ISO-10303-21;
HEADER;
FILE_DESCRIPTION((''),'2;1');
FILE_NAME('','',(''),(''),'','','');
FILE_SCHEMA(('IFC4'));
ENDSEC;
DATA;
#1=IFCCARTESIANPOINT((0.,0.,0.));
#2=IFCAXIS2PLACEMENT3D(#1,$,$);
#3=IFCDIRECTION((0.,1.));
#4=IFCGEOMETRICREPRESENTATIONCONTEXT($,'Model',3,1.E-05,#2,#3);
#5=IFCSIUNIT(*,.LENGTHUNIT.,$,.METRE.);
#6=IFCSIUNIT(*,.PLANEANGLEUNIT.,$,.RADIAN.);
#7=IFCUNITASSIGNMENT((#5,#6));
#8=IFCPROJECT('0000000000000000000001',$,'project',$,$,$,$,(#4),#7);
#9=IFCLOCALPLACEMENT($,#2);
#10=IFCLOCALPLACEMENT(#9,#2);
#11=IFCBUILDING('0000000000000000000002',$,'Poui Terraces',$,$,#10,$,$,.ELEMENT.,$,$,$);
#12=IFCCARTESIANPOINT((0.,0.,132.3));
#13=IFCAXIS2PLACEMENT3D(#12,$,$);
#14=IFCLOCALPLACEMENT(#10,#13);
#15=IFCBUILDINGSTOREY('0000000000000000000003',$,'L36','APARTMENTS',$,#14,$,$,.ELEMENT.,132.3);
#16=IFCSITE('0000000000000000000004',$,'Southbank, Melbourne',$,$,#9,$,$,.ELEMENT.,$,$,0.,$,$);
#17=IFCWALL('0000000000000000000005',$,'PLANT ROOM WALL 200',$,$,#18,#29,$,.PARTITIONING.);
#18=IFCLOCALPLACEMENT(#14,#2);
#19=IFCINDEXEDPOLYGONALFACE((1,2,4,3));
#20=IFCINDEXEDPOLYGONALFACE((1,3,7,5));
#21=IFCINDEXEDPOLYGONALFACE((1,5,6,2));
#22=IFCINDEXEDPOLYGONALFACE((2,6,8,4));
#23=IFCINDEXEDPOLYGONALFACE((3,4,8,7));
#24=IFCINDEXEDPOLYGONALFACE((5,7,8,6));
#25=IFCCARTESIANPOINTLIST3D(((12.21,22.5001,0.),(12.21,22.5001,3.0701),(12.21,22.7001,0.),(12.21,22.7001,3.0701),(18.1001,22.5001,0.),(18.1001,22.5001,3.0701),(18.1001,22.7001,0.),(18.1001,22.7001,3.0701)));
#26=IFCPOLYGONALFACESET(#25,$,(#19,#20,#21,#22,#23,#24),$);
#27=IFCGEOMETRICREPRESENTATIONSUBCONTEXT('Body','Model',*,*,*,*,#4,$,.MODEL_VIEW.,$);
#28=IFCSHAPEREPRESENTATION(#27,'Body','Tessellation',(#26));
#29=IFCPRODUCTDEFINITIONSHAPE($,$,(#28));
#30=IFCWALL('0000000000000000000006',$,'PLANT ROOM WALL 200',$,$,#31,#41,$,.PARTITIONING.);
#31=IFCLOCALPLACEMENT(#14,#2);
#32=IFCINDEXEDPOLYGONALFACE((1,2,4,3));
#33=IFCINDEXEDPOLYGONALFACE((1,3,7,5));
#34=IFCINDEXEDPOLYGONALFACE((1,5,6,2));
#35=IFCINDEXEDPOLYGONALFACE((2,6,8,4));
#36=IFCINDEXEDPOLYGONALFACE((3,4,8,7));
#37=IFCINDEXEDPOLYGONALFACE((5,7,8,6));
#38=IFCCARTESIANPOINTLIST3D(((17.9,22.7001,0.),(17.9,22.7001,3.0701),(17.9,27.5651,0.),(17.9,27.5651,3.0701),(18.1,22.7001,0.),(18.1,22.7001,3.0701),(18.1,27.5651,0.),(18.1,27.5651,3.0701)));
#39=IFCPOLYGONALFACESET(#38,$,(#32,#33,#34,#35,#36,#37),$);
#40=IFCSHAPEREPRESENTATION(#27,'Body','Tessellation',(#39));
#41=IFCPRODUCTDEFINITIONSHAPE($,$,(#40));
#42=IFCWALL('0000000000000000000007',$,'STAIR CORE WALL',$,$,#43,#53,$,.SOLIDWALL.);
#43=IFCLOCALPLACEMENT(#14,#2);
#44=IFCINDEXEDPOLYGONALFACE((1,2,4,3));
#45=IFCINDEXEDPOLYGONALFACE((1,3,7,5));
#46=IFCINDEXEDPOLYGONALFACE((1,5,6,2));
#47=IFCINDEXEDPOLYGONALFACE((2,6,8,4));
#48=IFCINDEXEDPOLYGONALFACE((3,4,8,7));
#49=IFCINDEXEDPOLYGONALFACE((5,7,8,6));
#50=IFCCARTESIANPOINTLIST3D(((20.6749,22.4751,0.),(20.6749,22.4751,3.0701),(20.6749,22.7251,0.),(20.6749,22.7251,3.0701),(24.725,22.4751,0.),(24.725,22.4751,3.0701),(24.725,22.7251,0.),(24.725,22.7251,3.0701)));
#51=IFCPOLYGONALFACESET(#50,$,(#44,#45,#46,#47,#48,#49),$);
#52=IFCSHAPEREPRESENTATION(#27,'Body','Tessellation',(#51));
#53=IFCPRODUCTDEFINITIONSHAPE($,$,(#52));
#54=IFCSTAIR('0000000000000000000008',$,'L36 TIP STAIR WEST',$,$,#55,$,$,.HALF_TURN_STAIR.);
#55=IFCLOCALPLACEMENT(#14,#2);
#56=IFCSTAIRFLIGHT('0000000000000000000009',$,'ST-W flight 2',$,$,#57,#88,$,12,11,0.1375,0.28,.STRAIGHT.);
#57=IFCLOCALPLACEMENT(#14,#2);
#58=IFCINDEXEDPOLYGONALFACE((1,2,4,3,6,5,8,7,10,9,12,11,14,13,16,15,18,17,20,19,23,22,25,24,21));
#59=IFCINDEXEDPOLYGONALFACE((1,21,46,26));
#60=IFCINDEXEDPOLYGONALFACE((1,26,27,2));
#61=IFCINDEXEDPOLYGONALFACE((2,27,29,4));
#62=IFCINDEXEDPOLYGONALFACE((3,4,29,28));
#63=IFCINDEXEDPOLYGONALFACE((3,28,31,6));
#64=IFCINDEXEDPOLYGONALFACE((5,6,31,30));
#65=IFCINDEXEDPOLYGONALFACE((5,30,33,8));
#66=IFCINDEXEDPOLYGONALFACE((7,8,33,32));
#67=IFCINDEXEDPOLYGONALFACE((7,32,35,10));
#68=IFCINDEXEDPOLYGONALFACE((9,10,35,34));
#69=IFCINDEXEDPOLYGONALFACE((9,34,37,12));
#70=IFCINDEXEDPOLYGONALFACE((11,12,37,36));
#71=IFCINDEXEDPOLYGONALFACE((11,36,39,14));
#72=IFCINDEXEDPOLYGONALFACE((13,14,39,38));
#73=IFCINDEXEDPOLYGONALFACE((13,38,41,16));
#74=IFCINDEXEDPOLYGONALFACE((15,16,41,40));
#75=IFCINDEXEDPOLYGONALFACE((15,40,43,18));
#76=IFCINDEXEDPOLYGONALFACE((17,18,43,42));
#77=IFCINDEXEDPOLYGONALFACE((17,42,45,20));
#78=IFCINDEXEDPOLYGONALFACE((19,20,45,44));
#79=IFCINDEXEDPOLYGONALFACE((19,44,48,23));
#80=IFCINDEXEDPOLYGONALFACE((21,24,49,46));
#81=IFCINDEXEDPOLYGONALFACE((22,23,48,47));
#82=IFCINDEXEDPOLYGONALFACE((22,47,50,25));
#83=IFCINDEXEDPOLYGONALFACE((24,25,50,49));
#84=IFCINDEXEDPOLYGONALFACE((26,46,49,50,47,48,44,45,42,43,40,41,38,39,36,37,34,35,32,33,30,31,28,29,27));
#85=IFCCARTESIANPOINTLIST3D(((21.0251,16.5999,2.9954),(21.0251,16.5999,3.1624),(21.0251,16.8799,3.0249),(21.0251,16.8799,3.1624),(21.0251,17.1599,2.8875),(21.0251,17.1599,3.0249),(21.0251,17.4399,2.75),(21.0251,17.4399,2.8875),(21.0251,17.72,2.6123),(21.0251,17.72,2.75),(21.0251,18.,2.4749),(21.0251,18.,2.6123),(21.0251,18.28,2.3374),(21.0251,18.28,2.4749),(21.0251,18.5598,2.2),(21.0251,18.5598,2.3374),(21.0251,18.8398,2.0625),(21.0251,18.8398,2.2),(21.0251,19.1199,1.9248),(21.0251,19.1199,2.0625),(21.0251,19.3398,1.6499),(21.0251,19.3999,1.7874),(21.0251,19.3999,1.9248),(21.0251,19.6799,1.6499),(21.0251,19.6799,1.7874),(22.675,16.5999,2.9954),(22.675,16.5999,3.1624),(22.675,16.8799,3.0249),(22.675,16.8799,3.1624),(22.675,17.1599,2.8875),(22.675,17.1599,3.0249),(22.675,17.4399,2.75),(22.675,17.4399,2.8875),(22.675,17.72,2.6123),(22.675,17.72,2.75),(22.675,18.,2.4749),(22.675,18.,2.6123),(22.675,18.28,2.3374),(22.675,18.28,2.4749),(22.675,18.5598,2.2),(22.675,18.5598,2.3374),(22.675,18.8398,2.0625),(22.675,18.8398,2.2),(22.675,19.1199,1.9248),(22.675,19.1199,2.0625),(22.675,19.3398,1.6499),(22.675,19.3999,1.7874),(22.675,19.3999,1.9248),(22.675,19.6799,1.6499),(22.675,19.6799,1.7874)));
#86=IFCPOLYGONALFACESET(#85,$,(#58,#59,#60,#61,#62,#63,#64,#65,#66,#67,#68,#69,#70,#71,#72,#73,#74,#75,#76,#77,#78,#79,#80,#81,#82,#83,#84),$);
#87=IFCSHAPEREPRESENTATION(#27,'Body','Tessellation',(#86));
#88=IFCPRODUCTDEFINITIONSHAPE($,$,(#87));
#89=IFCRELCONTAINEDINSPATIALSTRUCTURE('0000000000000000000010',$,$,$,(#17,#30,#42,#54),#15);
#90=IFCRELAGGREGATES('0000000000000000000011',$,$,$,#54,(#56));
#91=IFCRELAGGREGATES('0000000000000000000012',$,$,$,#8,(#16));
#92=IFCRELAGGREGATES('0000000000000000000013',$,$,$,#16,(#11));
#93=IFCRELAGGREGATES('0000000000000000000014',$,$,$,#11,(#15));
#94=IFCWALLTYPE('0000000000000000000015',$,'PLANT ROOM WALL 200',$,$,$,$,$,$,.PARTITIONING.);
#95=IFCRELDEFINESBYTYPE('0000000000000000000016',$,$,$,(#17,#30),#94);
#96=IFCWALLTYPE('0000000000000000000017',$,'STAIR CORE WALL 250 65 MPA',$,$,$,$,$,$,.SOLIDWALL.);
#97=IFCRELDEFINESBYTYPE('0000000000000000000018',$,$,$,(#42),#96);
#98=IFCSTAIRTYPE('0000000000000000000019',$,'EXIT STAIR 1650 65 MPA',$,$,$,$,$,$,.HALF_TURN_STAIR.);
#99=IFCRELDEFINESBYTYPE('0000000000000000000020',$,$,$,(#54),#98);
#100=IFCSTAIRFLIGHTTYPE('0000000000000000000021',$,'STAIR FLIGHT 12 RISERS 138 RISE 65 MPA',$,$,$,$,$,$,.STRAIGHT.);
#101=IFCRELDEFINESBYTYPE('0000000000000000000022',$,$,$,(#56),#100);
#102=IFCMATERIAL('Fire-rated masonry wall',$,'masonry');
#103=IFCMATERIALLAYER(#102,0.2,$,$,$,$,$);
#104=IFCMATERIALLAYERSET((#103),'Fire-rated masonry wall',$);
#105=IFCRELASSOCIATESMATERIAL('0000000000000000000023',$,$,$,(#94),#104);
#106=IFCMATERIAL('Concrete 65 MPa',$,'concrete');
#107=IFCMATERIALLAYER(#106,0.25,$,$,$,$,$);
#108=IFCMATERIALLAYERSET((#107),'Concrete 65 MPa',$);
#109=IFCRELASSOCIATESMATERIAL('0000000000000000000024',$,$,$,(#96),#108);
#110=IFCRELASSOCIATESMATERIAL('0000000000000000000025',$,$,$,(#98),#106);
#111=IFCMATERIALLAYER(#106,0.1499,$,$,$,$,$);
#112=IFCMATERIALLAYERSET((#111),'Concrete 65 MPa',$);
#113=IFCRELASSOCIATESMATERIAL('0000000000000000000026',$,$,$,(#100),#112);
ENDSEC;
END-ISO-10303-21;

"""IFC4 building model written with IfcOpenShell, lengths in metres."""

from ifc_helpers import new_model, si_unit, direction, frame, frame_2d, origin, place, context, subcontext, project, spatial, polyline, rectangle, outline, extrude, material, layer, layer_set, type_object, element, aggregate, save


model = new_model("IFC4")

# Units and contexts
model_context = context("Model", 3, precision=1e-05, world=origin(), true_north=direction((0.0, 1.0)))
body_context = subcontext(model_context, "Body", "Model", "MODEL_VIEW")
ifc_project = project(units=[si_unit("LENGTHUNIT", "METRE"), si_unit("PLANEANGLEUNIT", "RADIAN")], contexts=[model_context])

# Site, building, storey
site_placement = place(None, origin())
site = spatial("IfcSite", under=ifc_project, at=site_placement, Name="Southbank, Melbourne", CompositionType="ELEMENT", RefElevation=0.0)
building_placement = place(site_placement, origin())
building = spatial("IfcBuilding", under=site, at=building_placement, Name="Poui Terraces", CompositionType="ELEMENT")
storey_placement = place(building_placement, frame((0.0, 0.0, 132.3)))
storey = spatial("IfcBuildingStorey", under=building, at=storey_placement, Name="L36", Description="APARTMENTS", CompositionType="ELEMENT", Elevation=132.3)

# Walls
ifc_material_1 = material(Name="Fire-rated masonry wall", Category="masonry")
ifc_layer_1 = layer(ifc_material_1, 0.2)
ifc_layer_set_1 = layer_set([ifc_layer_1], Name="Fire-rated masonry wall")
wall_type_1 = type_object("IfcWallType", Name="PLANT ROOM WALL 200", PredefinedType="PARTITIONING", material=ifc_layer_set_1)
wall_1_placement = place(storey_placement, frame((12.21, 22.6001, 0.0), z_axis=(0.0, 0.0, 1.0), x_axis=(1.0, 0.0, 0.0)))
element("IfcWall", 1, at=wall_1_placement, inside=storey, type_object=wall_type_1, Name="PLANT ROOM WALL 200", PredefinedType="PARTITIONING", context=body_context, shape_type="SweptSolid", body=[
    extrude(rectangle(XDim=5.8901, YDim=0.2, at=frame_2d((2.9451, 0.0))), origin(), (0.0, 0.0, 1.0), 3.0701),
])
wall_2_placement = place(storey_placement, frame((18.0, 22.7, 0.0), z_axis=(0.0, 0.0, 1.0), x_axis=(0.0, 1.0, 0.0)))
element("IfcWall", 2, at=wall_2_placement, inside=storey, type_object=wall_type_1, Name="PLANT ROOM WALL 200", PredefinedType="PARTITIONING", context=body_context, shape_type="SweptSolid", body=[
    extrude(rectangle(XDim=4.865, YDim=0.2, at=frame_2d((2.4326, 0.0))), origin(), (0.0, 0.0, 1.0), 3.0701),
])
ifc_material_2 = material(Name="Concrete 65 MPa", Category="concrete")
ifc_layer_2 = layer(ifc_material_2, 0.25)
ifc_layer_set_2 = layer_set([ifc_layer_2], Name="Concrete 65 MPa")
wall_type_2 = type_object("IfcWallType", Name="STAIR CORE WALL 250 65 MPA", PredefinedType="SOLIDWALL", material=ifc_layer_set_2)
wall_3_placement = place(storey_placement, frame((20.675, 22.6001, 0.0), z_axis=(0.0, 0.0, 1.0), x_axis=(1.0, 0.0, 0.0)))
element("IfcWall", 3, at=wall_3_placement, inside=storey, type_object=wall_type_2, Name="STAIR CORE WALL", PredefinedType="SOLIDWALL", context=body_context, shape_type="SweptSolid", body=[
    extrude(rectangle(XDim=4.05, YDim=0.25, at=frame_2d((2.0249, 0.0))), origin(), (0.0, 0.0, 1.0), 3.0701),
])

# Stair, stair flight
stair_type = type_object("IfcStairType", Name="EXIT STAIR 1650 65 MPA", PredefinedType="HALF_TURN_STAIR", material=ifc_material_2)
stair_placement = place(storey_placement, origin())
stair = element("IfcStair", 4, at=stair_placement, inside=storey, type_object=stair_type, Name="L36 TIP STAIR WEST", PredefinedType="HALF_TURN_STAIR")
ifc_layer_3 = layer(ifc_material_2, 0.1499)
ifc_layer_set_3 = layer_set([ifc_layer_3], Name="Concrete 65 MPa")
stair_flight_type = type_object("IfcStairFlightType", Name="STAIR FLIGHT 12 RISERS 138 RISE 65 MPA", PredefinedType="STRAIGHT", material=ifc_layer_set_3)
stair_flight_placement = place(storey_placement, frame((21.8501, 19.6799, 1.6499), z_axis=(0.0, 0.0, 1.0), x_axis=(0.0, -1.0, 0.0)))
stair_flight = element("IfcStairFlight", 5, at=stair_flight_placement, type_object=stair_flight_type, Name="ST-W flight 2", NumberOfRisers=12, NumberOfTreads=11, PredefinedType="STRAIGHT", RiserHeight=0.1375, TreadLength=0.28, context=body_context, shape_type="SweptSolid", body=[
    extrude(outline(polyline([(0.0, 0.0), (0.0, 0.1375), (0.28, 0.1375), (0.28, 0.2749), (0.5601, 0.2749), (0.5601, 0.4126), (0.8401, 0.4126), (0.8401, 0.55), (1.1201, 0.55), (1.1201, 0.6875), (1.3999, 0.6875), (1.3999, 0.825), (1.6799, 0.825), (1.6799, 0.9624), (1.96, 0.9624), (1.96, 1.1001), (2.24, 1.1001), (2.24, 1.2375), (2.52, 1.2375), (2.52, 1.375), (2.8, 1.375), (2.8, 1.5125), (3.0801, 1.5125), (3.0801, 1.6499), (3.0801, 1.3455), (0.3401, 0.0), (0.0, 0.0)])), frame((0.0, 0.825, 0.0), z_axis=(0.0, -1.0, 0.0), x_axis=(1.0, 0.0, 0.0)), (0.0, 0.0, 1.0), 1.6499),
])
aggregate(stair, [stair_flight])

save(model, "model.ifc")
